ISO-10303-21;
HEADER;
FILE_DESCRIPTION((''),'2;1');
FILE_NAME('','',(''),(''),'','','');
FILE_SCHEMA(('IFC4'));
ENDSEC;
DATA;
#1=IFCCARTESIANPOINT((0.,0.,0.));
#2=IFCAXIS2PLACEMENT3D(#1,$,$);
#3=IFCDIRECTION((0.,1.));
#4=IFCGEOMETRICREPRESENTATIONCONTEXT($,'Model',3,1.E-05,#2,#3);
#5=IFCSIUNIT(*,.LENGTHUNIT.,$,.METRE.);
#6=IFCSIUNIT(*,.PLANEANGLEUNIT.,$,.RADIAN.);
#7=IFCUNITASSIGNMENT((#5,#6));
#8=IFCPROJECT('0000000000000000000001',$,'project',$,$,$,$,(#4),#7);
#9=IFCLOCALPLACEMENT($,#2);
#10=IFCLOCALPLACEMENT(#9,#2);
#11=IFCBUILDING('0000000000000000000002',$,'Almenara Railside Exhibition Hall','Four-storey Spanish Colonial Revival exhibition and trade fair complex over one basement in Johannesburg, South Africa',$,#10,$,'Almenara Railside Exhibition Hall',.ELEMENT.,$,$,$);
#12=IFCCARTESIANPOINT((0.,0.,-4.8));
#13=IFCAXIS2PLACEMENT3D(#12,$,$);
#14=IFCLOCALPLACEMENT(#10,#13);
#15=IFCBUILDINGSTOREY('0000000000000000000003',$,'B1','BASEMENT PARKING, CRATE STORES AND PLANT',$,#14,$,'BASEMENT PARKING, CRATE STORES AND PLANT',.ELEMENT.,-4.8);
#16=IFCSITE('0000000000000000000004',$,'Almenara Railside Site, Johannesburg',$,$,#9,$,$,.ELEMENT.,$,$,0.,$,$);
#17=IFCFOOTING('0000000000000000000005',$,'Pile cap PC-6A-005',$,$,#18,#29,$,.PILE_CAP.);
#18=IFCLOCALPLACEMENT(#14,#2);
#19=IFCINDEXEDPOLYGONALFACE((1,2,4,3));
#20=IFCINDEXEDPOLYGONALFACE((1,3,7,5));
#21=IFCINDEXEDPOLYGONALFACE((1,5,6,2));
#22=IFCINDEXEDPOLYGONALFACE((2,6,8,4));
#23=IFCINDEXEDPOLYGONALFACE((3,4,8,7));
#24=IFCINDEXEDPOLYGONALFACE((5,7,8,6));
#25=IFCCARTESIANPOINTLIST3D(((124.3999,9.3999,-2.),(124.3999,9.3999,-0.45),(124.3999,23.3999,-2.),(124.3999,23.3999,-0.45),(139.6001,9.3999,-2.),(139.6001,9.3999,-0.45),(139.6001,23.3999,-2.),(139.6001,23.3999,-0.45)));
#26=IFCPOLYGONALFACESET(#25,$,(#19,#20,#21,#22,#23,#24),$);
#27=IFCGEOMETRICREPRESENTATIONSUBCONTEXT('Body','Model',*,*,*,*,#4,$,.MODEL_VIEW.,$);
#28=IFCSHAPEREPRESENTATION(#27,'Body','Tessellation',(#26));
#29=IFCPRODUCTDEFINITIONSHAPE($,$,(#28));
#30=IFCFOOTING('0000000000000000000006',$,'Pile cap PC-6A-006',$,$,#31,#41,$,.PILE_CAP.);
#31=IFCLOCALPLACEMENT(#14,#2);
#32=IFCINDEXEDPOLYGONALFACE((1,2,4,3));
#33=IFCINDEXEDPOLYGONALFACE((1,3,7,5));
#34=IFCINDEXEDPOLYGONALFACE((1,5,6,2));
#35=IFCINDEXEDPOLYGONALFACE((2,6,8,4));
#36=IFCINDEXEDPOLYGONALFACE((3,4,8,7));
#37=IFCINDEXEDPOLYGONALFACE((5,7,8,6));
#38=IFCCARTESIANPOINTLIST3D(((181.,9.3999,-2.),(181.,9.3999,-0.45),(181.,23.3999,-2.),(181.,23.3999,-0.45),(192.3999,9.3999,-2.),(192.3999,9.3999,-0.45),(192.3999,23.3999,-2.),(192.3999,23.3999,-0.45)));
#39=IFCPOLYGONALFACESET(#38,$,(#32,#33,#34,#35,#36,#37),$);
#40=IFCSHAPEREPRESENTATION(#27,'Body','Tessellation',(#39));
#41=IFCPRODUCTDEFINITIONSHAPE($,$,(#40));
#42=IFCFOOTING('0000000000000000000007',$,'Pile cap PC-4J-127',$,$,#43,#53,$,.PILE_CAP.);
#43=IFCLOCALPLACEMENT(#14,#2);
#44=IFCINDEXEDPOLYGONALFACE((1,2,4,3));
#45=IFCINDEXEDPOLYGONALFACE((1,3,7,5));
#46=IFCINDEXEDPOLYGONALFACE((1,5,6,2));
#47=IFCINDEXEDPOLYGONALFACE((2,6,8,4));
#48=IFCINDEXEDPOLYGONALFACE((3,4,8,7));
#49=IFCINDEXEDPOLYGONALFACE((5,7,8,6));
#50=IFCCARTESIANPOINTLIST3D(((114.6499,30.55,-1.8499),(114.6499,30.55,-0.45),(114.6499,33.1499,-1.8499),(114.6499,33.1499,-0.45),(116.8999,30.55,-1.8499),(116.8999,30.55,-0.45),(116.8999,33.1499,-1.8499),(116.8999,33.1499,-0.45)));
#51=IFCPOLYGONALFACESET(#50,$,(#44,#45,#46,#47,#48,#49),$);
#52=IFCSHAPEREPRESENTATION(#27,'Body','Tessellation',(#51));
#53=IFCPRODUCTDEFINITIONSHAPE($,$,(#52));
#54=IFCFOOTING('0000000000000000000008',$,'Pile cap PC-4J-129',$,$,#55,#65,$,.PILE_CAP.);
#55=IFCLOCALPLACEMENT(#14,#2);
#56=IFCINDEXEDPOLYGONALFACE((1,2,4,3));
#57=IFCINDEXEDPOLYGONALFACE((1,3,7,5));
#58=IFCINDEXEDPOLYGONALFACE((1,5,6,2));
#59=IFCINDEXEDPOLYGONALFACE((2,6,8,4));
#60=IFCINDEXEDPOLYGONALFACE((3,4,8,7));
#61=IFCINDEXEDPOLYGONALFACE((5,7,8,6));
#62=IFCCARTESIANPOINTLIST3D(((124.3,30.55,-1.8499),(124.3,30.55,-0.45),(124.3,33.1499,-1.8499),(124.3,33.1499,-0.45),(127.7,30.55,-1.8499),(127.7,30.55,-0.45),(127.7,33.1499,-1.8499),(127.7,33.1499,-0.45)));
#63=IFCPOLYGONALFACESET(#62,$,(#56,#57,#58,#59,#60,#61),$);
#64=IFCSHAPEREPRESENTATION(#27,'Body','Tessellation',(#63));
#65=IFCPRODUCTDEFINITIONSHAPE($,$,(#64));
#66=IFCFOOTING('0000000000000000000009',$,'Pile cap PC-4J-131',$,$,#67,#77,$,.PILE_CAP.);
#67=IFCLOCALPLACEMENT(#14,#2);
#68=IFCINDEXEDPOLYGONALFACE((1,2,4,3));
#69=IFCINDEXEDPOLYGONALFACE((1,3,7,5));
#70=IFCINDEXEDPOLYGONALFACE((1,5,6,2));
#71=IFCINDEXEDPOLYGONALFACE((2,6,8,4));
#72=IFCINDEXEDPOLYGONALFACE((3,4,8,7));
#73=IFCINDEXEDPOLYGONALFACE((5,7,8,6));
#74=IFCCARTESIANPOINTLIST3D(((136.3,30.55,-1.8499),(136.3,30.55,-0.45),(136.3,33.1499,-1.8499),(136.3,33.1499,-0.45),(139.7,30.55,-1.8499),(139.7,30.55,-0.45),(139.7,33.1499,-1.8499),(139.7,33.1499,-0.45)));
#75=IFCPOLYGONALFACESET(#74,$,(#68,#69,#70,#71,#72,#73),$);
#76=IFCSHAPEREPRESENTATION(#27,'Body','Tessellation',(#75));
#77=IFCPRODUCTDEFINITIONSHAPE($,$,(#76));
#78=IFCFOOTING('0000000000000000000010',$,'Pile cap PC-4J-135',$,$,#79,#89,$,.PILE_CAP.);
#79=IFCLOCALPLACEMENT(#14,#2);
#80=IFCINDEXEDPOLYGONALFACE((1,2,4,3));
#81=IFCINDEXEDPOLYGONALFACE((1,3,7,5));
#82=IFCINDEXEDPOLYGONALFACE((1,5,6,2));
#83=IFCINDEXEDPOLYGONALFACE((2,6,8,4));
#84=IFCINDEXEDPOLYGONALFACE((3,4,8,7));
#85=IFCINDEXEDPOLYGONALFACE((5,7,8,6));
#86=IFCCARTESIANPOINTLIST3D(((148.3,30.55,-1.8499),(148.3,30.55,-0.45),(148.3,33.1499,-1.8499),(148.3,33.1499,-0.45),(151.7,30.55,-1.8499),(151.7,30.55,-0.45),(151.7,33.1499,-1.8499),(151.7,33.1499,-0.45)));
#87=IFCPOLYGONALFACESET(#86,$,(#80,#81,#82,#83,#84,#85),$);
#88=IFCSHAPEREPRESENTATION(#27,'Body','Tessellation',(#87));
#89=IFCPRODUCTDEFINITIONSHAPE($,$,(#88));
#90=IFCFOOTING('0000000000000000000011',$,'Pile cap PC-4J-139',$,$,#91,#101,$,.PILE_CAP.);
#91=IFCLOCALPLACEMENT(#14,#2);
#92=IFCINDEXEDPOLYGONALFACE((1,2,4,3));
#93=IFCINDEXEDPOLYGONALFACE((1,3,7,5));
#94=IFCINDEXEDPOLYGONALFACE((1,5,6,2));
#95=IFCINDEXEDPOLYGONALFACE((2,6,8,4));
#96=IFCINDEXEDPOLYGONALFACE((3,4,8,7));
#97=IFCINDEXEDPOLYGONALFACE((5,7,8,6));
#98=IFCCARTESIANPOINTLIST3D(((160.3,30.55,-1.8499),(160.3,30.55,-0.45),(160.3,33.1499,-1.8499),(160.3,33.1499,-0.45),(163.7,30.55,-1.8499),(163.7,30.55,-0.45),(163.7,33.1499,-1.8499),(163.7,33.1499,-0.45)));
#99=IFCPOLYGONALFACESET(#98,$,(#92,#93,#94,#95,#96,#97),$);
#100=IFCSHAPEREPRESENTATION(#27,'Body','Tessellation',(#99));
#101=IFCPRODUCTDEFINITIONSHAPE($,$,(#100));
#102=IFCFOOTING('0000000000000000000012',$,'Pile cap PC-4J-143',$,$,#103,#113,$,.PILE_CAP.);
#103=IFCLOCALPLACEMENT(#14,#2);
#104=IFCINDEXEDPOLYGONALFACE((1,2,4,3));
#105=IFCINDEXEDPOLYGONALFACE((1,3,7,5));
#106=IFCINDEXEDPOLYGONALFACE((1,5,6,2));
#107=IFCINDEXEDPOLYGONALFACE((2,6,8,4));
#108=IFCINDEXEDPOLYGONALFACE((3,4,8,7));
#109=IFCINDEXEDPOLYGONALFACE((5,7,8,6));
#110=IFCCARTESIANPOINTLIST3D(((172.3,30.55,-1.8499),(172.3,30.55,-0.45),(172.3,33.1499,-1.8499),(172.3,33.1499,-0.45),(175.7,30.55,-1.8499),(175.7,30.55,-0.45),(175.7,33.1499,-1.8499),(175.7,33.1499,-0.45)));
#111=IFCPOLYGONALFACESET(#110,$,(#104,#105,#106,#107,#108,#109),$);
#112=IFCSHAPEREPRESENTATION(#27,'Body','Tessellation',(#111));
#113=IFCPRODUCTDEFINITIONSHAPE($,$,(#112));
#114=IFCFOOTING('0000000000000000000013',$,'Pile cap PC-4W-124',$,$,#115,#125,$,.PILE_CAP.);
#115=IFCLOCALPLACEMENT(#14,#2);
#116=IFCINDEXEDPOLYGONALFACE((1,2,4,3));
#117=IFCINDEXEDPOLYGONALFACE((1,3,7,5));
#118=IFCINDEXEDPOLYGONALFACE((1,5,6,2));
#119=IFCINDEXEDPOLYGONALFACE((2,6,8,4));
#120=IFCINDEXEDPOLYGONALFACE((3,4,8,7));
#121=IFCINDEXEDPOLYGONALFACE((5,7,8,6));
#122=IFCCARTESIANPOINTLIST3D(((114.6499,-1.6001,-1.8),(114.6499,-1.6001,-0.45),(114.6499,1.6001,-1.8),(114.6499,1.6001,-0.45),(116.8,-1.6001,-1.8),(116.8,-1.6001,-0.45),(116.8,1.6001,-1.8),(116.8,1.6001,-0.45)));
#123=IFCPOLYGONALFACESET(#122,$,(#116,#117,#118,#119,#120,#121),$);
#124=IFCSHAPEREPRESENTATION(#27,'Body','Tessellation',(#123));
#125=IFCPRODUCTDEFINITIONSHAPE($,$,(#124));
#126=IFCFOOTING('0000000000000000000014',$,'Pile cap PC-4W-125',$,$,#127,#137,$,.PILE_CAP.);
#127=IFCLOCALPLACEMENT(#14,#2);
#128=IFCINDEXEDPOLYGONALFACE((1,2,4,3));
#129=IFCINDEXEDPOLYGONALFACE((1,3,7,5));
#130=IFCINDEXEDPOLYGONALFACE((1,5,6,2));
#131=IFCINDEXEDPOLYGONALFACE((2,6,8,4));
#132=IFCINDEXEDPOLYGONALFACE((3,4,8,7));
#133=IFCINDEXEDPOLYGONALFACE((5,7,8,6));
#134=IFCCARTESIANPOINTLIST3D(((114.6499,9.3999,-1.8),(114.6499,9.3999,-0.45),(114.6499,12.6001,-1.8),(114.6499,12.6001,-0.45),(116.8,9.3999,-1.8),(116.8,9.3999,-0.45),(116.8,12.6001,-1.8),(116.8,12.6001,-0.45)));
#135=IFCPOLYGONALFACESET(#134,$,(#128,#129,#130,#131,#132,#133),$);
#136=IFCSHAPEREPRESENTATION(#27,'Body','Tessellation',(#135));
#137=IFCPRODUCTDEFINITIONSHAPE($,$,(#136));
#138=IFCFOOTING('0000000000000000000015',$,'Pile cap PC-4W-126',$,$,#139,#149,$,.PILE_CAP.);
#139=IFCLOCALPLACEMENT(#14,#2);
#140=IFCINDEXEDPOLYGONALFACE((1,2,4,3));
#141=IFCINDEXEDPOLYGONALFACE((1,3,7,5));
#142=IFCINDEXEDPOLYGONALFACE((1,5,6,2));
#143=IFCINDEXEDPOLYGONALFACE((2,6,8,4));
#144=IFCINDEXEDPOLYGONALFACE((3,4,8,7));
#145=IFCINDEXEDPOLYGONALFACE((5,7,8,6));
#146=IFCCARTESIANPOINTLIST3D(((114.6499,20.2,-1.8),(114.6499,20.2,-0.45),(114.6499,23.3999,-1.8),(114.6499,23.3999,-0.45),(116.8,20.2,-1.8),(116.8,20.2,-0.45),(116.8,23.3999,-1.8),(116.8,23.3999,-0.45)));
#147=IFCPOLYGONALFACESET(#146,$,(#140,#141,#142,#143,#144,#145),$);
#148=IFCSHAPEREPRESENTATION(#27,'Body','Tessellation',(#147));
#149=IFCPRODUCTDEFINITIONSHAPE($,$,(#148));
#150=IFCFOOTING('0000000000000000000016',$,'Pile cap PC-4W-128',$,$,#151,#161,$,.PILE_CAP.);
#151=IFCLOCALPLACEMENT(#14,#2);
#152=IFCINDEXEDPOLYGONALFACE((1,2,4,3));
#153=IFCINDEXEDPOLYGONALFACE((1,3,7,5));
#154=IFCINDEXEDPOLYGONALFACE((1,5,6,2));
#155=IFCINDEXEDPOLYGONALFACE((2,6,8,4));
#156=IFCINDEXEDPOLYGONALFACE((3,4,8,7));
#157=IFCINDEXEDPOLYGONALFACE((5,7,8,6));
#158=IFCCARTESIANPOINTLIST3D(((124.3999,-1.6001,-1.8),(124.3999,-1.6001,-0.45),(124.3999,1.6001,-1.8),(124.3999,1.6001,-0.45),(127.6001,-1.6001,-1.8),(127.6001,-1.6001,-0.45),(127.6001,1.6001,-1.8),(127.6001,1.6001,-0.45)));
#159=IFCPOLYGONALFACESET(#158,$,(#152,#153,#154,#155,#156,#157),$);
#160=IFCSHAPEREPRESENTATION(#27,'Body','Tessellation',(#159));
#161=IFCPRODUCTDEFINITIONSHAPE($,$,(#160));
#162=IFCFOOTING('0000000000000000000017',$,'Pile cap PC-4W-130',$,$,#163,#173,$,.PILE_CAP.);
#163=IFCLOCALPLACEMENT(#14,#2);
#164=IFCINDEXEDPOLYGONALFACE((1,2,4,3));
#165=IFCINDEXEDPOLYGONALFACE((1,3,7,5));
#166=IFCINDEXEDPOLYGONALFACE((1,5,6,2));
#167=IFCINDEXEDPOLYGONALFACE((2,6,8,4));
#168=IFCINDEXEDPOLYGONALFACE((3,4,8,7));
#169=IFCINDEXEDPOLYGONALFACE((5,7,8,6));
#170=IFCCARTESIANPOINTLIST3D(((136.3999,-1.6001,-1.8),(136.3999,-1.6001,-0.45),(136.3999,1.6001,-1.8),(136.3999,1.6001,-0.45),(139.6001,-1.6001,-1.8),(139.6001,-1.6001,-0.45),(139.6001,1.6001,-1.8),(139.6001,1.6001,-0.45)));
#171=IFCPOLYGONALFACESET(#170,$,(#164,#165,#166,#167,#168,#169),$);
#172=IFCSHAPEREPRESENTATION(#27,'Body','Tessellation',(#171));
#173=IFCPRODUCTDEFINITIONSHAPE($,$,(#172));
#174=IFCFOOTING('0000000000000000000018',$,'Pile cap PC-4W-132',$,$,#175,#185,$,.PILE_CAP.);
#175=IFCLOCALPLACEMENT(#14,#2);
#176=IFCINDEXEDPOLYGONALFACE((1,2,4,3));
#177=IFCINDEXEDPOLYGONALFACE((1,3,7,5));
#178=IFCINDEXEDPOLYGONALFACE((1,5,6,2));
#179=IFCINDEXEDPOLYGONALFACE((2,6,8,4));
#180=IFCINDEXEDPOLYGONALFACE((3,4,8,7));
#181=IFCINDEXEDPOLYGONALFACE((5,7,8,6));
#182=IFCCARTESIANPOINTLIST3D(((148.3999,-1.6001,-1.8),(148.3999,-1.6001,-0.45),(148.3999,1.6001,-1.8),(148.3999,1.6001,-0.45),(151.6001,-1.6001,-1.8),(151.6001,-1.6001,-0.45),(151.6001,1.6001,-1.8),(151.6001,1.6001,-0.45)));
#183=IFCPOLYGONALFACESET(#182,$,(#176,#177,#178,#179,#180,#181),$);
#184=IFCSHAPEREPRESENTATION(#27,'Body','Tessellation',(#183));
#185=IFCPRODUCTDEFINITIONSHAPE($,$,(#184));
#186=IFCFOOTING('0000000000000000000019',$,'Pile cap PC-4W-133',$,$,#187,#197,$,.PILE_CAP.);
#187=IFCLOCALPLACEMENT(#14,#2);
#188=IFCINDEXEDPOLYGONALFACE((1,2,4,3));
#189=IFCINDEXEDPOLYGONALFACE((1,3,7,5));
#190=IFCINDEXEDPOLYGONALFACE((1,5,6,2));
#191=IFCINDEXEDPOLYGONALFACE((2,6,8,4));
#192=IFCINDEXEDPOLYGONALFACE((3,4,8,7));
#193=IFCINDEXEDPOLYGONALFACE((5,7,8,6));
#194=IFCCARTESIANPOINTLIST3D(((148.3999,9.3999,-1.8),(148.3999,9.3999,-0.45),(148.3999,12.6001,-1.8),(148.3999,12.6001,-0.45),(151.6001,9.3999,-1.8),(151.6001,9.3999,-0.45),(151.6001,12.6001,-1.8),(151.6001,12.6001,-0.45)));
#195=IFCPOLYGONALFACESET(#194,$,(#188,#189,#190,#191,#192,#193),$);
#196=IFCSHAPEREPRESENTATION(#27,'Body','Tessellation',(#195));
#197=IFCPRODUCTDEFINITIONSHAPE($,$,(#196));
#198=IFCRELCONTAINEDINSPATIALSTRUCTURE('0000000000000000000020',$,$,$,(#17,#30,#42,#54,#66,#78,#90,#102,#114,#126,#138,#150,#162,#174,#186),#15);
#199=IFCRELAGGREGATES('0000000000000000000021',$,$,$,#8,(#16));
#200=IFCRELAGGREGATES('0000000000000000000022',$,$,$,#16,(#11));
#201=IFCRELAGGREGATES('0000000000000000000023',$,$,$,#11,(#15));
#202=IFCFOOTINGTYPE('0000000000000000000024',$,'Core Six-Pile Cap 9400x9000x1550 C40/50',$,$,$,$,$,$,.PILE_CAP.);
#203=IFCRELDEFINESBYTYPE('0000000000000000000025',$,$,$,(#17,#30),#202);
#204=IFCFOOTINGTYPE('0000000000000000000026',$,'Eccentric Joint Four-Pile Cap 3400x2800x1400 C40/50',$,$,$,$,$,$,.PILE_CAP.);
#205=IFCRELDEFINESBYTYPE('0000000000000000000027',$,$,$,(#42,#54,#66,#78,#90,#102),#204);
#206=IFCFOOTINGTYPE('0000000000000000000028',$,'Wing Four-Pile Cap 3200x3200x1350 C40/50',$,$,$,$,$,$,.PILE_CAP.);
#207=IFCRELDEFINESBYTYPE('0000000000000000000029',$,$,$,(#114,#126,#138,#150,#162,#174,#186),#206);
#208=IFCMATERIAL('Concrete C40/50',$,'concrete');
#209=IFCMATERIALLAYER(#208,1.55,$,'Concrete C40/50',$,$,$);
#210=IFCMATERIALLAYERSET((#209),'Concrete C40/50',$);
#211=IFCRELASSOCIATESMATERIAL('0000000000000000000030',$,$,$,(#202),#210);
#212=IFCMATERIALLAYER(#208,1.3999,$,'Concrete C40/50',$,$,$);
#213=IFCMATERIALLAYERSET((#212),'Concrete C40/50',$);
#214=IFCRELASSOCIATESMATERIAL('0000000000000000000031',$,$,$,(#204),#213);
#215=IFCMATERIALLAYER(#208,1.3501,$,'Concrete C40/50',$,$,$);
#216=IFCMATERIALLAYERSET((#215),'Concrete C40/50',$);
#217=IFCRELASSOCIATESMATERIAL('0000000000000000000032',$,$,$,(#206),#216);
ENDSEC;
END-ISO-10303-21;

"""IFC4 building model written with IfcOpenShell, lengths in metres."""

from ifc_helpers import new_model, si_unit, direction, frame, origin, place, context, subcontext, project, spatial, polyline, outline, extrude, material, layer, layer_set, type_object, element, save


model = new_model("IFC4")

# Units and contexts
model_context = context("Model", 3, precision=1e-05, world=origin(), true_north=direction((0.0, 1.0)))
body_context = subcontext(model_context, "Body", "Model", "MODEL_VIEW")
ifc_project = project(units=[si_unit("LENGTHUNIT", "METRE"), si_unit("PLANEANGLEUNIT", "RADIAN")], contexts=[model_context])

# Site, building, storey
site_placement = place(None, origin())
site = spatial("IfcSite", under=ifc_project, at=site_placement, Name="Almenara Railside Site, Johannesburg", CompositionType="ELEMENT", RefElevation=0.0)
building_placement = place(site_placement, origin())
building = spatial("IfcBuilding", under=site, at=building_placement, Name="Almenara Railside Exhibition Hall", Description="Four-storey Spanish Colonial Revival exhibition and trade fair complex over one basement in Johannesburg, South Africa", LongName="Almenara Railside Exhibition Hall", CompositionType="ELEMENT")
storey_placement = place(building_placement, frame((0.0, 0.0, -4.8)))
storey = spatial("IfcBuildingStorey", under=building, at=storey_placement, Name="B1", Description="BASEMENT PARKING, CRATE STORES AND PLANT", LongName="BASEMENT PARKING, CRATE STORES AND PLANT", CompositionType="ELEMENT", Elevation=-4.8)

# Footings
ifc_material = material(Name="Concrete C40/50", Category="concrete")
ifc_layer_1 = layer(ifc_material, 1.55, Name="Concrete C40/50")
ifc_layer_set_1 = layer_set([ifc_layer_1], Name="Concrete C40/50")
footing_type_1 = type_object("IfcFootingType", Name="Core Six-Pile Cap 9400x9000x1550 C40/50", PredefinedType="PILE_CAP", material=ifc_layer_set_1)
footing_1_placement = place(storey_placement, frame((0.0, 0.0, -2.0)))
element("IfcFooting", 1, at=footing_1_placement, inside=storey, type_object=footing_type_1, Name="Pile cap PC-6A-005", PredefinedType="PILE_CAP", context=body_context, shape_type="SweptSolid", body=[
    extrude(outline(polyline([(124.3999, 9.3999), (139.6001, 9.3999), (139.6001, 23.3999), (124.3999, 23.3999), (124.3999, 9.3999)])), origin(), (0.0, 0.0, 1.0), 1.55),
])
footing_2_placement = place(storey_placement, frame((0.0, 0.0, -2.0)))
element("IfcFooting", 2, at=footing_2_placement, inside=storey, type_object=footing_type_1, Name="Pile cap PC-6A-006", PredefinedType="PILE_CAP", context=body_context, shape_type="SweptSolid", body=[
    extrude(outline(polyline([(181.0, 9.3999), (192.3999, 9.3999), (192.3999, 23.3999), (181.0, 23.3999), (181.0, 9.3999)])), origin(), (0.0, 0.0, 1.0), 1.55),
])
ifc_layer_2 = layer(ifc_material, 1.3999, Name="Concrete C40/50")
ifc_layer_set_2 = layer_set([ifc_layer_2], Name="Concrete C40/50")
footing_type_2 = type_object("IfcFootingType", Name="Eccentric Joint Four-Pile Cap 3400x2800x1400 C40/50", PredefinedType="PILE_CAP", material=ifc_layer_set_2)
footing_3_placement = place(storey_placement, frame((0.0, 0.0, -1.8499)))
element("IfcFooting", 3, at=footing_3_placement, inside=storey, type_object=footing_type_2, Name="Pile cap PC-4J-127", PredefinedType="PILE_CAP", context=body_context, shape_type="SweptSolid", body=[
    extrude(outline(polyline([(114.6499, 30.55), (116.8999, 30.55), (116.8999, 33.1499), (114.6499, 33.1499), (114.6499, 30.55)])), origin(), (0.0, 0.0, 1.0), 1.3999),
])
footing_4_placement = place(storey_placement, frame((0.0, 0.0, -1.8499)))
element("IfcFooting", 4, at=footing_4_placement, inside=storey, type_object=footing_type_2, Name="Pile cap PC-4J-129", PredefinedType="PILE_CAP", context=body_context, shape_type="SweptSolid", body=[
    extrude(outline(polyline([(124.3, 30.55), (127.7, 30.55), (127.7, 33.1499), (124.3, 33.1499), (124.3, 30.55)])), origin(), (0.0, 0.0, 1.0), 1.3999),
])
footing_5_placement = place(storey_placement, frame((0.0, 0.0, -1.8499)))
element("IfcFooting", 5, at=footing_5_placement, inside=storey, type_object=footing_type_2, Name="Pile cap PC-4J-131", PredefinedType="PILE_CAP", context=body_context, shape_type="SweptSolid", body=[
    extrude(outline(polyline([(136.3, 30.55), (139.7, 30.55), (139.7, 33.1499), (136.3, 33.1499), (136.3, 30.55)])), origin(), (0.0, 0.0, 1.0), 1.3999),
])
footing_6_placement = place(storey_placement, frame((0.0, 0.0, -1.8499)))
element("IfcFooting", 6, at=footing_6_placement, inside=storey, type_object=footing_type_2, Name="Pile cap PC-4J-135", PredefinedType="PILE_CAP", context=body_context, shape_type="SweptSolid", body=[
    extrude(outline(polyline([(148.3, 30.55), (151.7, 30.55), (151.7, 33.1499), (148.3, 33.1499), (148.3, 30.55)])), origin(), (0.0, 0.0, 1.0), 1.3999),
])
footing_7_placement = place(storey_placement, frame((0.0, 0.0, -1.8499)))
element("IfcFooting", 7, at=footing_7_placement, inside=storey, type_object=footing_type_2, Name="Pile cap PC-4J-139", PredefinedType="PILE_CAP", context=body_context, shape_type="SweptSolid", body=[
    extrude(outline(polyline([(160.3, 30.55), (163.7, 30.55), (163.7, 33.1499), (160.3, 33.1499), (160.3, 30.55)])), origin(), (0.0, 0.0, 1.0), 1.3999),
])
footing_8_placement = place(storey_placement, frame((0.0, 0.0, -1.8499)))
element("IfcFooting", 8, at=footing_8_placement, inside=storey, type_object=footing_type_2, Name="Pile cap PC-4J-143", PredefinedType="PILE_CAP", context=body_context, shape_type="SweptSolid", body=[
    extrude(outline(polyline([(172.3, 30.55), (175.7, 30.55), (175.7, 33.1499), (172.3, 33.1499), (172.3, 30.55)])), origin(), (0.0, 0.0, 1.0), 1.3999),
])
ifc_layer_3 = layer(ifc_material, 1.3501, Name="Concrete C40/50")
ifc_layer_set_3 = layer_set([ifc_layer_3], Name="Concrete C40/50")
footing_type_3 = type_object("IfcFootingType", Name="Wing Four-Pile Cap 3200x3200x1350 C40/50", PredefinedType="PILE_CAP", material=ifc_layer_set_3)
footing_9_placement = place(storey_placement, frame((0.0, 0.0, -1.8)))
element("IfcFooting", 9, at=footing_9_placement, inside=storey, type_object=footing_type_3, Name="Pile cap PC-4W-124", PredefinedType="PILE_CAP", context=body_context, shape_type="SweptSolid", body=[
    extrude(outline(polyline([(114.6499, -1.6001), (116.8, -1.6001), (116.8, 1.6001), (114.6499, 1.6001), (114.6499, -1.6001)])), origin(), (0.0, 0.0, 1.0), 1.3501),
])
footing_10_placement = place(storey_placement, frame((0.0, 0.0, -1.8)))
element("IfcFooting", 10, at=footing_10_placement, inside=storey, type_object=footing_type_3, Name="Pile cap PC-4W-125", PredefinedType="PILE_CAP", context=body_context, shape_type="SweptSolid", body=[
    extrude(outline(polyline([(114.6499, 9.3999), (116.8, 9.3999), (116.8, 12.6001), (114.6499, 12.6001), (114.6499, 9.3999)])), origin(), (0.0, 0.0, 1.0), 1.3501),
])
footing_11_placement = place(storey_placement, frame((0.0, 0.0, -1.8)))
element("IfcFooting", 11, at=footing_11_placement, inside=storey, type_object=footing_type_3, Name="Pile cap PC-4W-126", PredefinedType="PILE_CAP", context=body_context, shape_type="SweptSolid", body=[
    extrude(outline(polyline([(114.6499, 20.2), (116.8, 20.2), (116.8, 23.3999), (114.6499, 23.3999), (114.6499, 20.2)])), origin(), (0.0, 0.0, 1.0), 1.3501),
])
footing_12_placement = place(storey_placement, frame((0.0, 0.0, -1.8)))
element("IfcFooting", 12, at=footing_12_placement, inside=storey, type_object=footing_type_3, Name="Pile cap PC-4W-128", PredefinedType="PILE_CAP", context=body_context, shape_type="SweptSolid", body=[
    extrude(outline(polyline([(124.3999, -1.6001), (127.6001, -1.6001), (127.6001, 1.6001), (124.3999, 1.6001), (124.3999, -1.6001)])), origin(), (0.0, 0.0, 1.0), 1.3501),
])
footing_13_placement = place(storey_placement, frame((0.0, 0.0, -1.8)))
element("IfcFooting", 13, at=footing_13_placement, inside=storey, type_object=footing_type_3, Name="Pile cap PC-4W-130", PredefinedType="PILE_CAP", context=body_context, shape_type="SweptSolid", body=[
    extrude(outline(polyline([(136.3999, -1.6001), (139.6001, -1.6001), (139.6001, 1.6001), (136.3999, 1.6001), (136.3999, -1.6001)])), origin(), (0.0, 0.0, 1.0), 1.3501),
])
footing_14_placement = place(storey_placement, frame((0.0, 0.0, -1.8)))
element("IfcFooting", 14, at=footing_14_placement, inside=storey, type_object=footing_type_3, Name="Pile cap PC-4W-132", PredefinedType="PILE_CAP", context=body_context, shape_type="SweptSolid", body=[
    extrude(outline(polyline([(148.3999, -1.6001), (151.6001, -1.6001), (151.6001, 1.6001), (148.3999, 1.6001), (148.3999, -1.6001)])), origin(), (0.0, 0.0, 1.0), 1.3501),
])
footing_15_placement = place(storey_placement, frame((0.0, 0.0, -1.8)))
element("IfcFooting", 15, at=footing_15_placement, inside=storey, type_object=footing_type_3, Name="Pile cap PC-4W-133", PredefinedType="PILE_CAP", context=body_context, shape_type="SweptSolid", body=[
    extrude(outline(polyline([(148.3999, 9.3999), (151.6001, 9.3999), (151.6001, 12.6001), (148.3999, 12.6001), (148.3999, 9.3999)])), origin(), (0.0, 0.0, 1.0), 1.3501),
])

save(model, "model.ifc")
